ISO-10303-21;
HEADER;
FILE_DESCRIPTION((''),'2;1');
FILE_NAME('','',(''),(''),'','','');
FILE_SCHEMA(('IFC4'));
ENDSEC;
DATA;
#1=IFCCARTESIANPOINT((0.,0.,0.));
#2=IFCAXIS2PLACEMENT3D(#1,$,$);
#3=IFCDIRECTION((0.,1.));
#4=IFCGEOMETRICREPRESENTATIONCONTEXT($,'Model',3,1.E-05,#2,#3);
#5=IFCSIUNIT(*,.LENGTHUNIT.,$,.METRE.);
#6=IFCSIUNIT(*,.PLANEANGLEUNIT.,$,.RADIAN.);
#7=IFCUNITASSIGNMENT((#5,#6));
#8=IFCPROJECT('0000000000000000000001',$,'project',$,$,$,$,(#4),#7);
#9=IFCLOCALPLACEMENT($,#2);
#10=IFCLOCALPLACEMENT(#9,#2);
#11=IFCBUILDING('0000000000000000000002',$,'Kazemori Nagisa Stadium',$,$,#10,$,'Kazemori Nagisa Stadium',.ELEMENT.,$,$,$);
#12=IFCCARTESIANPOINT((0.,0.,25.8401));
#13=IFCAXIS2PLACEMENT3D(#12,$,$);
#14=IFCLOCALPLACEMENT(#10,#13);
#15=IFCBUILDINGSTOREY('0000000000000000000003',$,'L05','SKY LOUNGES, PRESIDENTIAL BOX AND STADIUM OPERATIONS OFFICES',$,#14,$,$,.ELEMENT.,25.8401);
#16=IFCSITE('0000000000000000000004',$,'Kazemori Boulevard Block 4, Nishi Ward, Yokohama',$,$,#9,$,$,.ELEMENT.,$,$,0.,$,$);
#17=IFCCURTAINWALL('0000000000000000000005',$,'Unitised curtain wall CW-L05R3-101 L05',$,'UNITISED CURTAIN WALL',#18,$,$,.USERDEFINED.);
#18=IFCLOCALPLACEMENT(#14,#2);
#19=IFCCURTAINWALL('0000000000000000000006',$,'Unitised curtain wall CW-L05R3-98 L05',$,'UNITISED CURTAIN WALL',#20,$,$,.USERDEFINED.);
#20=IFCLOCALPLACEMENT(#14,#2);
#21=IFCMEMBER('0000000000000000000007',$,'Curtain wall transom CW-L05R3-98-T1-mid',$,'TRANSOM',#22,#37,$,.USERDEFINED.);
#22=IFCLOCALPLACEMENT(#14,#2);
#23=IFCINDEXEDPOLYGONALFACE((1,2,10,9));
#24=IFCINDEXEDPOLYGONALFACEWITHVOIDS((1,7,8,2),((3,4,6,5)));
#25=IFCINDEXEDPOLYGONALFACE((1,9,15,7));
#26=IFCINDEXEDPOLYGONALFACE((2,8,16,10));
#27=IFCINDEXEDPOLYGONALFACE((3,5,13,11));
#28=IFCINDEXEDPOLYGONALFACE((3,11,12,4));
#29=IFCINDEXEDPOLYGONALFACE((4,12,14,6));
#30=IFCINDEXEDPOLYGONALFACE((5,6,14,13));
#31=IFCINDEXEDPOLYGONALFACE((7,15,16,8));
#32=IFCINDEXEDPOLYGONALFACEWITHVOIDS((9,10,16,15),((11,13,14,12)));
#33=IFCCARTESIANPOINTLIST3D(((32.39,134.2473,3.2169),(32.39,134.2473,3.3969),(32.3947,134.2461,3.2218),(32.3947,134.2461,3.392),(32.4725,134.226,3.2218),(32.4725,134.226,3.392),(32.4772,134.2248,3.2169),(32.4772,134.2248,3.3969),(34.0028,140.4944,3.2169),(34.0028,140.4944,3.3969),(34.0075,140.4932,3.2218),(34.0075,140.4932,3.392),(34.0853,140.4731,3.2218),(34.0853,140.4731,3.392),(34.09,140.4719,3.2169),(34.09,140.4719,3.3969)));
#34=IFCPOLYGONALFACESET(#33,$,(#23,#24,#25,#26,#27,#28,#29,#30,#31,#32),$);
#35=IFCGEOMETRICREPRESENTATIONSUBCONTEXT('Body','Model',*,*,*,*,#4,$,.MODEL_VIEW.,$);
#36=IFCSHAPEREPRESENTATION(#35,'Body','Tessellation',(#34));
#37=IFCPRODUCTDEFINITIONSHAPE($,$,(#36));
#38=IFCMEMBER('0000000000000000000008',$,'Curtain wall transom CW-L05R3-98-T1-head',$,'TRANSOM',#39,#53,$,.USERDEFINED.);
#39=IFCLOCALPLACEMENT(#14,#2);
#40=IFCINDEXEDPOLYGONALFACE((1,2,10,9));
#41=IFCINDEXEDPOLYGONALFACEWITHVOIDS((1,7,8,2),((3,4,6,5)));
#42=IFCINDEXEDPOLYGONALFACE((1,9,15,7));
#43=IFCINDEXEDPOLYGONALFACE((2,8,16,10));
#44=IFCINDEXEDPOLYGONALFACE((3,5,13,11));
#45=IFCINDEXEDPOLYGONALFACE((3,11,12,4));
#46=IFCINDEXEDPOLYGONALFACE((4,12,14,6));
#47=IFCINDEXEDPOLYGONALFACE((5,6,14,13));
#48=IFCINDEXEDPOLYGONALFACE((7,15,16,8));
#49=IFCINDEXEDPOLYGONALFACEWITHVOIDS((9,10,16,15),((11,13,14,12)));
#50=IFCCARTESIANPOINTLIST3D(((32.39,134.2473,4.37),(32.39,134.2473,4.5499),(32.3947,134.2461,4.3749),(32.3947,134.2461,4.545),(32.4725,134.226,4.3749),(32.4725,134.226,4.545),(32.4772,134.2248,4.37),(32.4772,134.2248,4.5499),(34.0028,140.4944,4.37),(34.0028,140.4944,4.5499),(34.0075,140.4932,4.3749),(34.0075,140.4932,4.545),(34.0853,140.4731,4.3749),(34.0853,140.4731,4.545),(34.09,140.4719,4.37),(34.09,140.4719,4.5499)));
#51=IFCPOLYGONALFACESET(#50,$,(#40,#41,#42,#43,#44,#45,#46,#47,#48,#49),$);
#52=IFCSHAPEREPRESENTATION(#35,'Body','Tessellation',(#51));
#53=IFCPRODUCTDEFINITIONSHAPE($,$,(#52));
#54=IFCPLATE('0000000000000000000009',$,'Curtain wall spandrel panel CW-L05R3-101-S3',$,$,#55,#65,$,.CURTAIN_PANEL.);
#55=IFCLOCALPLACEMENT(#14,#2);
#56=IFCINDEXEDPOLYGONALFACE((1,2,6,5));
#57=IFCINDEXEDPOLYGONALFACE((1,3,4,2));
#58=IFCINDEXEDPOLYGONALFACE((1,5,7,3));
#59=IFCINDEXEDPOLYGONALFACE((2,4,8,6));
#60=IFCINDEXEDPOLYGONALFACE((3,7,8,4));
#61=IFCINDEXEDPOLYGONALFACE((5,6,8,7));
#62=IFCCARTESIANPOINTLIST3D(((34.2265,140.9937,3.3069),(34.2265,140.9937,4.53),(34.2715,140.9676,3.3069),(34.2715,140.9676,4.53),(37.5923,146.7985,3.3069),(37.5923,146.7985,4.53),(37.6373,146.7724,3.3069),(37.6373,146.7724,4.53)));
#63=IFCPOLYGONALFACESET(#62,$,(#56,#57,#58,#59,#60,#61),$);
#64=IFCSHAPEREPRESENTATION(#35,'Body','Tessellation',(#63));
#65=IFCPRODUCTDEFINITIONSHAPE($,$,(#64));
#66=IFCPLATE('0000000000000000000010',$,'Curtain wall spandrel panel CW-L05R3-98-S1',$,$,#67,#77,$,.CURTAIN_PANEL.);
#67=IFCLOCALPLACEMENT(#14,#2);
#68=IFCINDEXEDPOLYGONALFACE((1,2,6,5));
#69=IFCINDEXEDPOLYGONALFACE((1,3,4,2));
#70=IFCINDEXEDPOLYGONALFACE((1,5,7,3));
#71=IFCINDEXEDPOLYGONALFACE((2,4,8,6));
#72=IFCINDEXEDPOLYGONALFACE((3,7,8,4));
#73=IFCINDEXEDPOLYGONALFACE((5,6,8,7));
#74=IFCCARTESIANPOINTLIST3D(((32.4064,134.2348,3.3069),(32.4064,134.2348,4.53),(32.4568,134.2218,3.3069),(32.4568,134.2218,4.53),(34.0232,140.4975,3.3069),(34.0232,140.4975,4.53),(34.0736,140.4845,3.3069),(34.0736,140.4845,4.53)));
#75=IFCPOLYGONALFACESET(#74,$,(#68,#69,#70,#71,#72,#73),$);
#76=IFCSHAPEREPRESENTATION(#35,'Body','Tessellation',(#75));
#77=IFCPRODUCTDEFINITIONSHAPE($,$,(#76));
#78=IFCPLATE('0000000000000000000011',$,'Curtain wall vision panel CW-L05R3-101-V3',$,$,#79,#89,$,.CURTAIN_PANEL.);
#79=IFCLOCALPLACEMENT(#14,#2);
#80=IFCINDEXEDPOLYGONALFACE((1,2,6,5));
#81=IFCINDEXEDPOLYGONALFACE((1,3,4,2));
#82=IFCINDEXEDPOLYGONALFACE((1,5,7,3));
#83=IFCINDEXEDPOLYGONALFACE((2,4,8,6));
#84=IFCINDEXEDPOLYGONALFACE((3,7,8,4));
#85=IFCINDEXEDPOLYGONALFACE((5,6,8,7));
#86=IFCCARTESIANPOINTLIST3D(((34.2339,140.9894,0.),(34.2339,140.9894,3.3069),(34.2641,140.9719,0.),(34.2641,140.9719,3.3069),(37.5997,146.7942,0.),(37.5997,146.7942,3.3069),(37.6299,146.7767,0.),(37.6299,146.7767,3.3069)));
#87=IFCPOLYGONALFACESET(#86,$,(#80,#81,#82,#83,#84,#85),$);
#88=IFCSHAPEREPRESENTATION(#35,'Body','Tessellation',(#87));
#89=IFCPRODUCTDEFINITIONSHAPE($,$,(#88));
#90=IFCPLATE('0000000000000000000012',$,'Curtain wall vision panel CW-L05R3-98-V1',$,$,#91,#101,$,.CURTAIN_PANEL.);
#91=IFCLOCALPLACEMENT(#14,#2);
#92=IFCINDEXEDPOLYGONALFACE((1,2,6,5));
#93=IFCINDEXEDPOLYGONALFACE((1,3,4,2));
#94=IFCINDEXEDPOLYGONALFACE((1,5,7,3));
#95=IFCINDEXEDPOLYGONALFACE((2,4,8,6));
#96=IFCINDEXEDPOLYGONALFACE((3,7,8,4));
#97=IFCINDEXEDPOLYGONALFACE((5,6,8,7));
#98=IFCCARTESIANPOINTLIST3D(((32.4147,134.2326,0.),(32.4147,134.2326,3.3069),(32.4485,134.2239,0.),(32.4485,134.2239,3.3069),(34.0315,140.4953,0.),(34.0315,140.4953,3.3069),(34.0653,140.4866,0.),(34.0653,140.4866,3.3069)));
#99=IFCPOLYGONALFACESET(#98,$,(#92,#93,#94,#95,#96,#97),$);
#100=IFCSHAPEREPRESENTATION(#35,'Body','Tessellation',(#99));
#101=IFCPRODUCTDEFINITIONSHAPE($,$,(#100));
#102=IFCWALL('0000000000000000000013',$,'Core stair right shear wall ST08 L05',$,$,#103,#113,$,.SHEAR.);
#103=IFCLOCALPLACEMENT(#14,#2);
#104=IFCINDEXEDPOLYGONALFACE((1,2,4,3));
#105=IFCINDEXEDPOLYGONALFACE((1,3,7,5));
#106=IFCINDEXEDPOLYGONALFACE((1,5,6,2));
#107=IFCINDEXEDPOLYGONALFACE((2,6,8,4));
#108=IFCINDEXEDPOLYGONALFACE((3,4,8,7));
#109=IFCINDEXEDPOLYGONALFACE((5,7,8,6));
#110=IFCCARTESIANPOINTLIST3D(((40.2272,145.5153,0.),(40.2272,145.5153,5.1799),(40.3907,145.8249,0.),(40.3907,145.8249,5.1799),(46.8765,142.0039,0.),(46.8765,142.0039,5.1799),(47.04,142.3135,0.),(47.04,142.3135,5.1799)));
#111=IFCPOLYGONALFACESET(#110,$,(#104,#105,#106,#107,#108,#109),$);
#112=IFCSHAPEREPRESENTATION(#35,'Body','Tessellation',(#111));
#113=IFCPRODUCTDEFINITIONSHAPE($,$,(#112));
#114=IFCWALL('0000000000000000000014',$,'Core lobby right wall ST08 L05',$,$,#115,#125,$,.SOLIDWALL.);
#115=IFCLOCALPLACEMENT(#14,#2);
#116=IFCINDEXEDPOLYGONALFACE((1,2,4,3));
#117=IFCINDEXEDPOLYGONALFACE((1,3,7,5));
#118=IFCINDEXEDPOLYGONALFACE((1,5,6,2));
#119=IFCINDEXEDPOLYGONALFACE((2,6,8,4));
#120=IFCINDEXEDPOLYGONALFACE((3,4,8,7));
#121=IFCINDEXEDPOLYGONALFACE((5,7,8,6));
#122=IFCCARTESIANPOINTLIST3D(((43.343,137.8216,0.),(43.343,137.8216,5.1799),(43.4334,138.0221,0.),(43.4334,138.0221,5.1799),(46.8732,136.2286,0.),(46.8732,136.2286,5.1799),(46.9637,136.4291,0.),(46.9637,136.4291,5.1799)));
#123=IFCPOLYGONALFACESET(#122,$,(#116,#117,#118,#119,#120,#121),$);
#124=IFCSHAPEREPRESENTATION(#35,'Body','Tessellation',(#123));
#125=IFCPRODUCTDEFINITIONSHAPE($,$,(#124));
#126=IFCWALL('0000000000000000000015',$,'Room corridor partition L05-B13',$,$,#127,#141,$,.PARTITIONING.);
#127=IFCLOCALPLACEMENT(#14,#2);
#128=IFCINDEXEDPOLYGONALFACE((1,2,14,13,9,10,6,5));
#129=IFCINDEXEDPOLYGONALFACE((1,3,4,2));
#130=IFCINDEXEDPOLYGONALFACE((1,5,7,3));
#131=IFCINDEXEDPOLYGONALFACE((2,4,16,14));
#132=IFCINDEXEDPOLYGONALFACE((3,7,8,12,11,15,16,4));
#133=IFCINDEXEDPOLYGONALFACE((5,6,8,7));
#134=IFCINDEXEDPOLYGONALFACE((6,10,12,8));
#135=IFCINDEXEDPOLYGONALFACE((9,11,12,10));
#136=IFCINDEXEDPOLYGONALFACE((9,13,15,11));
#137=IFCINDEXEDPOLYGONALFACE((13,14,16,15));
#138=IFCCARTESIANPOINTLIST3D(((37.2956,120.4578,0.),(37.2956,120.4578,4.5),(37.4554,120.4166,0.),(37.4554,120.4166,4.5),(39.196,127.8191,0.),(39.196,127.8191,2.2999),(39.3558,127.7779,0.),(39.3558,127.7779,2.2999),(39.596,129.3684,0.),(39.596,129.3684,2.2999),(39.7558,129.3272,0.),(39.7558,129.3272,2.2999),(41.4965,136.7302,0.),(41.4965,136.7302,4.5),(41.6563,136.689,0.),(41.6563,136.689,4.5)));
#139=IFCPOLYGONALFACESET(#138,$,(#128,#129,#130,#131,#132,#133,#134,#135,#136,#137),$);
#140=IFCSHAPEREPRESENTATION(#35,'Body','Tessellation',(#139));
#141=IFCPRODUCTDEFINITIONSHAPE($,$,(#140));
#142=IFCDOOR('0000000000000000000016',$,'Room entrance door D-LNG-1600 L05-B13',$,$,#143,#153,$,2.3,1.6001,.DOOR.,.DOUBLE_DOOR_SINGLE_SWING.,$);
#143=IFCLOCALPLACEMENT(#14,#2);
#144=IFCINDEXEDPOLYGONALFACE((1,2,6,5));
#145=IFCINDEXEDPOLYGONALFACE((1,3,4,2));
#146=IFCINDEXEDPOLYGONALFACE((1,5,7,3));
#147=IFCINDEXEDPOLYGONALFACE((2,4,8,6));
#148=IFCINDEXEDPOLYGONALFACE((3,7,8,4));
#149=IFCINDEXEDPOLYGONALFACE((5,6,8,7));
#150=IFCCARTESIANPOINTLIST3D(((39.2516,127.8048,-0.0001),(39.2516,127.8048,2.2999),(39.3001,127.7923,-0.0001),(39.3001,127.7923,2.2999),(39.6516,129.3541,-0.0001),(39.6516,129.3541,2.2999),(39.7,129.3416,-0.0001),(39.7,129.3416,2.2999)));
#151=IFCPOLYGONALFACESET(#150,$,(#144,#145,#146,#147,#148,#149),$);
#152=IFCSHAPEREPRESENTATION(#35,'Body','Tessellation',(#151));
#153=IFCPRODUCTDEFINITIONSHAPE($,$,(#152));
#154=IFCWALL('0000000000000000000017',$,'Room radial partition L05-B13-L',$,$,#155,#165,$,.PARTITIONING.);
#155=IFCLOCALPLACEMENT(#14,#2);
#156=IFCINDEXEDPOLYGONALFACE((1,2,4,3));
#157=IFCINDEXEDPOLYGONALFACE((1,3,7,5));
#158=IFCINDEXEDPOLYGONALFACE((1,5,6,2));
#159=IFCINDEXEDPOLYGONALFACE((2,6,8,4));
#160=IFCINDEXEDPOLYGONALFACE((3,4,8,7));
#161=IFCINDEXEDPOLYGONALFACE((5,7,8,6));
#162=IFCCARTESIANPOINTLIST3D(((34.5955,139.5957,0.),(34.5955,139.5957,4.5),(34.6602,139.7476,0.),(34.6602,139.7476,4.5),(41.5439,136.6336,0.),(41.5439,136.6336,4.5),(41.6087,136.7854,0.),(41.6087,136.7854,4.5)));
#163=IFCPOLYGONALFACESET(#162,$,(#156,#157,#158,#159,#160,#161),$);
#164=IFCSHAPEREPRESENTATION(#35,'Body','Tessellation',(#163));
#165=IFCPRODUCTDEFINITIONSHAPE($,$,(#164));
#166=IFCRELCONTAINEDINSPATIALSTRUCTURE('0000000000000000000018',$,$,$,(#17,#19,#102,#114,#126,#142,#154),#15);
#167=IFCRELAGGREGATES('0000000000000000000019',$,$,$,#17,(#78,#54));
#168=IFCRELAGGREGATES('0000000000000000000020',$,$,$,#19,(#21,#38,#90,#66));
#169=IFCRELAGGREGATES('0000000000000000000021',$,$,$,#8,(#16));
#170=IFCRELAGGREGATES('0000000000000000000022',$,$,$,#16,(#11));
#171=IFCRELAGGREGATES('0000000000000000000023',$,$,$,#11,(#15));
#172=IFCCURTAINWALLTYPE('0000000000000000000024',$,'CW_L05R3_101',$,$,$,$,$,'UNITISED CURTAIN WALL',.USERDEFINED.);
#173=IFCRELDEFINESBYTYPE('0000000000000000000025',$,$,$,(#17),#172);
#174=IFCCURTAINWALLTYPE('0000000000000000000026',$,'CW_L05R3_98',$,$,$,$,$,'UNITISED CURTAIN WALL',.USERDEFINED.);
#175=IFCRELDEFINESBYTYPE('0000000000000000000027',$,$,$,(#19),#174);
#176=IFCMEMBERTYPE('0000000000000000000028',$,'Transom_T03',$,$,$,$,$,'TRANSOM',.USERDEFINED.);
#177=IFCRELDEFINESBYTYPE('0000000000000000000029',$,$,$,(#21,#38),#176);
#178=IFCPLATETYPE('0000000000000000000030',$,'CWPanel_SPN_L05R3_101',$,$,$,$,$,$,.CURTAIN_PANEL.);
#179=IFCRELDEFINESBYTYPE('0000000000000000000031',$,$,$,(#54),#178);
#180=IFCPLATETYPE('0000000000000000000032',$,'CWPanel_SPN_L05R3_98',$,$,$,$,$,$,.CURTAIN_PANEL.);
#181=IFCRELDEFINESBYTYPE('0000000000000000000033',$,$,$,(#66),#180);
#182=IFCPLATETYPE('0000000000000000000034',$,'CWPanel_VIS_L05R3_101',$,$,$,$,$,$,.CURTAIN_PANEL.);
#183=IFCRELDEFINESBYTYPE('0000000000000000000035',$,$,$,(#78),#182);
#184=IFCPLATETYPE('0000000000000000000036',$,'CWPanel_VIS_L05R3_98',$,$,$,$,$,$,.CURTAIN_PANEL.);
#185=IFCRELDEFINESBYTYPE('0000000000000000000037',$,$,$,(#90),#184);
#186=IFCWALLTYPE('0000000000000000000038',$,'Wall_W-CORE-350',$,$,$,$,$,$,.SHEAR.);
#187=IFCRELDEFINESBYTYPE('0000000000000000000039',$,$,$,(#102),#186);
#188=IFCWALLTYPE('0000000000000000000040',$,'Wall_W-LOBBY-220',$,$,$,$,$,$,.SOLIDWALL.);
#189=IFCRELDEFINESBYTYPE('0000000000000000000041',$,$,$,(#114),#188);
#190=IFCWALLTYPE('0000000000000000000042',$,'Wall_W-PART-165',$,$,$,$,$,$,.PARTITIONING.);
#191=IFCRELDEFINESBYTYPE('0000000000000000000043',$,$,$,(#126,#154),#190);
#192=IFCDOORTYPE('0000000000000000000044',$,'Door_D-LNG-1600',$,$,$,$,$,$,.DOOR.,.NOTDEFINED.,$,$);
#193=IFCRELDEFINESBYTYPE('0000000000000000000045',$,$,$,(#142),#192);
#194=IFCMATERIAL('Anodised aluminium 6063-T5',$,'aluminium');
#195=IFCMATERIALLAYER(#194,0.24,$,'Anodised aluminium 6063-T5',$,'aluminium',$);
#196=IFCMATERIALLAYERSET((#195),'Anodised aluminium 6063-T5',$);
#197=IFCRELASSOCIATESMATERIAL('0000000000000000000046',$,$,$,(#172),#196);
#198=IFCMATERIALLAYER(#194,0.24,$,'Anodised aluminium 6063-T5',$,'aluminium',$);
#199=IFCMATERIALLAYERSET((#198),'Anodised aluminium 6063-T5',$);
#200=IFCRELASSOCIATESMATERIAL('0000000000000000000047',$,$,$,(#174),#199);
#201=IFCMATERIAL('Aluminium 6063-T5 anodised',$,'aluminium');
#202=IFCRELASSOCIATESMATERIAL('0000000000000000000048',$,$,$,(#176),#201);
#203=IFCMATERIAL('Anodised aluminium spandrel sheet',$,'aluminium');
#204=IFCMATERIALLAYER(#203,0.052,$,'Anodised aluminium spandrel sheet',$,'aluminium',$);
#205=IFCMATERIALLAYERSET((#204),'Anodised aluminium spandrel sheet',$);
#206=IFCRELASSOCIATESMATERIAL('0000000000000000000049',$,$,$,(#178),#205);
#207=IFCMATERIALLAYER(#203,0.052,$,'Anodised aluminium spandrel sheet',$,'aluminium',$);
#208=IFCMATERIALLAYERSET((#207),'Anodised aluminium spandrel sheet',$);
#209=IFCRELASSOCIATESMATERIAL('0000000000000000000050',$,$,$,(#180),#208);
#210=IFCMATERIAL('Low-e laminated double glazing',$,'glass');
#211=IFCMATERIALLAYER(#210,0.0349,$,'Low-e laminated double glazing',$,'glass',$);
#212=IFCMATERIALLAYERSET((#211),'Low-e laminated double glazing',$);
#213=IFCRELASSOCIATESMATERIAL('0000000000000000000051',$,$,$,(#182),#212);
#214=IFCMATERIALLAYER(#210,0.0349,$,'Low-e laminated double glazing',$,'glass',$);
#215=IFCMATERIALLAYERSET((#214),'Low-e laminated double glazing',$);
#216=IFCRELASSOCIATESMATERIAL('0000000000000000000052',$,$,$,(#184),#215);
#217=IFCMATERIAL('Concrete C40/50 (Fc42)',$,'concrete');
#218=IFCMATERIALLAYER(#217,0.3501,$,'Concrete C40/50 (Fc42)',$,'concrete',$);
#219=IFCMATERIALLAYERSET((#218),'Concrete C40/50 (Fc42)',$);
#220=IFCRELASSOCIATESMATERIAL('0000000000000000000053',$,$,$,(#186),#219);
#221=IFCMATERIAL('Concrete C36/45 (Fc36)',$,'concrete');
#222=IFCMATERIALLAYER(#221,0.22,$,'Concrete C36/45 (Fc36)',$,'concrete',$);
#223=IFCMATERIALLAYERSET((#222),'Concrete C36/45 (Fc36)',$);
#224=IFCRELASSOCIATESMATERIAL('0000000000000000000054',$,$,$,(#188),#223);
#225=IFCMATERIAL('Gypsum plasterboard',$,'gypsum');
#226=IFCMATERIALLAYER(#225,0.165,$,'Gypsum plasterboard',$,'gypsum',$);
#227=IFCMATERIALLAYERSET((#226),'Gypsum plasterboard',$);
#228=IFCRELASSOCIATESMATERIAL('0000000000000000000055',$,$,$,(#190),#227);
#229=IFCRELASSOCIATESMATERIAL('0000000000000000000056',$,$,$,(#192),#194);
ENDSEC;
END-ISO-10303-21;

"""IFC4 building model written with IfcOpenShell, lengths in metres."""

from ifc_helpers import new_model, si_unit, direction, frame, frame_2d, origin, origin_2d, place, context, subcontext, project, spatial, rectangle, hollow_rectangle, extrude, material, layer, layer_set, material_profile, profile_set, type_object, element, fill, aggregate, save


model = new_model("IFC4")

# Units and contexts
model_context = context("Model", 3, precision=1e-05, world=origin(), true_north=direction((0.0, 1.0)))
body_context = subcontext(model_context, "Body", "Model", "MODEL_VIEW")
ifc_project = project(units=[si_unit("LENGTHUNIT", "METRE"), si_unit("PLANEANGLEUNIT", "RADIAN")], contexts=[model_context])

# Site, building, storey
site_placement = place(None, origin())
site = spatial("IfcSite", under=ifc_project, at=site_placement, Name="Kazemori Boulevard Block 4, Nishi Ward, Yokohama", CompositionType="ELEMENT", RefElevation=0.0)
building_placement = place(site_placement, origin())
building = spatial("IfcBuilding", under=site, at=building_placement, Name="Kazemori Nagisa Stadium", LongName="Kazemori Nagisa Stadium", CompositionType="ELEMENT")
storey_placement = place(building_placement, frame((0.0, 0.0, 25.8401)))
storey = spatial("IfcBuildingStorey", under=building, at=storey_placement, Name="L05", Description="SKY LOUNGES, PRESIDENTIAL BOX AND STADIUM OPERATIONS OFFICES", CompositionType="ELEMENT", Elevation=25.8401)

# Shared definitions
ifc_material_1 = material(Name="Concrete C40/50 (Fc42)", Category="concrete")

# Curtain wall
ifc_material_2 = material(Name="Anodised aluminium 6063-T5", Category="aluminium")
ifc_layer_1 = layer(ifc_material_2, 0.24, Name="Anodised aluminium 6063-T5", Category="aluminium")
ifc_layer_set_1 = layer_set([ifc_layer_1], Name="Anodised aluminium 6063-T5")
curtain_wall_type_1 = type_object("IfcCurtainWallType", Name="CW_L05R3_101", ElementType="UNITISED CURTAIN WALL", PredefinedType="USERDEFINED", material=ifc_layer_set_1)
curtain_wall_1_placement = place(storey_placement, origin())
curtain_wall_1 = element("IfcCurtainWall", 1, at=curtain_wall_1_placement, inside=storey, type_object=curtain_wall_type_1, Name="Unitised curtain wall CW-L05R3-101 L05", ObjectType="UNITISED CURTAIN WALL", PredefinedType="USERDEFINED")
ifc_material_3 = material(Name="Aluminium 6063-T5 anodised", Category="aluminium")

# Curtain wall, members
ifc_layer_2 = layer(ifc_material_2, 0.24, Name="Anodised aluminium 6063-T5", Category="aluminium")
ifc_layer_set_2 = layer_set([ifc_layer_2], Name="Anodised aluminium 6063-T5")
curtain_wall_type_2 = type_object("IfcCurtainWallType", Name="CW_L05R3_98", ElementType="UNITISED CURTAIN WALL", PredefinedType="USERDEFINED", material=ifc_layer_set_2)
curtain_wall_2_placement = place(storey_placement, origin())
curtain_wall_2 = element("IfcCurtainWall", 2, at=curtain_wall_2_placement, inside=storey, type_object=curtain_wall_type_2, Name="Unitised curtain wall CW-L05R3-98 L05", ObjectType="UNITISED CURTAIN WALL", PredefinedType="USERDEFINED")
ifc_material_profile_1 = material_profile(ifc_material_3, hollow_rectangle(XDim=0.0901, YDim=0.1799, WallThickness=0.0049, at=origin_2d()), Name="ALU-TRAN-90x180x5")
ifc_profile_set_1 = profile_set([ifc_material_profile_1], Name="Aluminium 6063-T5 anodised")
member_type_1 = type_object("IfcMemberType", Name="Transom_T03", ElementType="TRANSOM", PredefinedType="USERDEFINED", material=ifc_profile_set_1)
member_1_placement = place(storey_placement, frame((34.0464, 140.4832, 3.3069), z_axis=(-0.249972, -0.968253, 0.0), x_axis=(0.968253, -0.249972, 0.0)))
member_1 = element("IfcMember", 3, at=member_1_placement, type_object=member_type_1, Name="Curtain wall transom CW-L05R3-98-T1-mid", ObjectType="TRANSOM", PredefinedType="USERDEFINED", context=body_context, shape_type="SweptSolid", body=[
    extrude(hollow_rectangle(XDim=0.0901, YDim=0.1799, WallThickness=0.0049, at=origin_2d()), origin(), (0.0, 0.0, 1.0), 6.4519),
])
member_2_placement = place(storey_placement, frame((34.0464, 140.4832, 4.46), z_axis=(-0.249972, -0.968253, 0.0), x_axis=(0.968253, -0.249972, 0.0)))
member_2 = element("IfcMember", 4, at=member_2_placement, type_object=member_type_1, Name="Curtain wall transom CW-L05R3-98-T1-head", ObjectType="TRANSOM", PredefinedType="USERDEFINED", context=body_context, shape_type="SweptSolid", body=[
    extrude(hollow_rectangle(XDim=0.0901, YDim=0.1799, WallThickness=0.0049, at=origin_2d()), origin(), (0.0, 0.0, 1.0), 6.4519),
])

# Plates
ifc_material_4 = material(Name="Anodised aluminium spandrel sheet", Category="aluminium")
ifc_layer_3 = layer(ifc_material_4, 0.052, Name="Anodised aluminium spandrel sheet", Category="aluminium")
ifc_layer_set_3 = layer_set([ifc_layer_3], Name="Anodised aluminium spandrel sheet")
plate_type_1 = type_object("IfcPlateType", Name="CWPanel_SPN_L05R3_101", PredefinedType="CURTAIN_PANEL", material=ifc_layer_set_3)
plate_1_placement = place(storey_placement, frame((35.9319, 143.8831, 3.3069), z_axis=(0.0, 0.0, 1.0), x_axis=(-0.501612, -0.865093, 0.0)))
plate_1 = element("IfcPlate", 5, at=plate_1_placement, type_object=plate_type_1, Name="Curtain wall spandrel panel CW-L05R3-101-S3", PredefinedType="CURTAIN_PANEL", context=body_context, shape_type="SweptSolid", body=[
    extrude(rectangle(XDim=6.71, YDim=0.052, at=origin_2d()), origin(), (0.0, 0.0, 1.0), 1.2231),
])
ifc_layer_4 = layer(ifc_material_4, 0.052, Name="Anodised aluminium spandrel sheet", Category="aluminium")
ifc_layer_set_4 = layer_set([ifc_layer_4], Name="Anodised aluminium spandrel sheet")
plate_type_2 = type_object("IfcPlateType", Name="CWPanel_SPN_L05R3_98", PredefinedType="CURTAIN_PANEL", material=ifc_layer_set_4)
plate_2_placement = place(storey_placement, frame((33.24, 137.3596, 3.3069), z_axis=(0.0, 0.0, 1.0), x_axis=(-0.249965, -0.968255, 0.0)))
plate_2 = element("IfcPlate", 6, at=plate_2_placement, type_object=plate_type_2, Name="Curtain wall spandrel panel CW-L05R3-98-S1", PredefinedType="CURTAIN_PANEL", context=body_context, shape_type="SweptSolid", body=[
    extrude(rectangle(XDim=6.468, YDim=0.052, at=origin_2d()), origin(), (0.0, 0.0, 1.0), 1.2231),
])
ifc_material_5 = material(Name="Low-e laminated double glazing", Category="glass")
ifc_layer_5 = layer(ifc_material_5, 0.0349, Name="Low-e laminated double glazing", Category="glass")
ifc_layer_set_5 = layer_set([ifc_layer_5], Name="Low-e laminated double glazing")
plate_type_3 = type_object("IfcPlateType", Name="CWPanel_VIS_L05R3_101", PredefinedType="CURTAIN_PANEL", material=ifc_layer_set_5)
plate_3_placement = place(storey_placement, frame((35.9319, 143.8831, 0.0), z_axis=(0.0, 0.0, 1.0), x_axis=(-0.501612, -0.865093, 0.0)))
plate_3 = element("IfcPlate", 7, at=plate_3_placement, type_object=plate_type_3, Name="Curtain wall vision panel CW-L05R3-101-V3", PredefinedType="CURTAIN_PANEL", context=body_context, shape_type="SweptSolid", body=[
    extrude(rectangle(XDim=6.71, YDim=0.0349, at=origin_2d()), origin(), (0.0, 0.0, 1.0), 3.3069),
])
aggregate(curtain_wall_1, [plate_3, plate_1])
ifc_layer_6 = layer(ifc_material_5, 0.0349, Name="Low-e laminated double glazing", Category="glass")
ifc_layer_set_6 = layer_set([ifc_layer_6], Name="Low-e laminated double glazing")
plate_type_4 = type_object("IfcPlateType", Name="CWPanel_VIS_L05R3_98", PredefinedType="CURTAIN_PANEL", material=ifc_layer_set_6)
plate_4_placement = place(storey_placement, frame((33.24, 137.3596, 0.0), z_axis=(0.0, 0.0, 1.0), x_axis=(-0.249965, -0.968255, 0.0)))
plate_4 = element("IfcPlate", 8, at=plate_4_placement, type_object=plate_type_4, Name="Curtain wall vision panel CW-L05R3-98-V1", PredefinedType="CURTAIN_PANEL", context=body_context, shape_type="SweptSolid", body=[
    extrude(rectangle(XDim=6.468, YDim=0.0349, at=origin_2d()), origin(), (0.0, 0.0, 1.0), 3.3069),
])
aggregate(curtain_wall_2, [member_1, member_2, plate_4, plate_2])

# Walls
ifc_layer_7 = layer(ifc_material_1, 0.3501, Name="Concrete C40/50 (Fc42)", Category="concrete")
ifc_layer_set_7 = layer_set([ifc_layer_7], Name="Concrete C40/50 (Fc42)")
wall_type_1 = type_object("IfcWallType", Name="Wall_W-CORE-350", PredefinedType="SHEAR", material=ifc_layer_set_7)
wall_1_placement = place(storey_placement, frame((46.9583, 142.1587, 0.0), z_axis=(0.0, 0.0, 1.0), x_axis=(-0.884272, 0.466973, 0.0)))
element("IfcWall", 9, at=wall_1_placement, inside=storey, type_object=wall_type_1, Name="Core stair right shear wall ST08 L05", PredefinedType="SHEAR", context=body_context, shape_type="SweptSolid", body=[
    extrude(rectangle(XDim=7.5195, YDim=0.3501, at=frame_2d((3.7598, 0.0))), origin(), (0.0, 0.0, 1.0), 5.1799),
])
ifc_material_6 = material(Name="Concrete C36/45 (Fc36)", Category="concrete")
ifc_layer_8 = layer(ifc_material_6, 0.22, Name="Concrete C36/45 (Fc36)", Category="concrete")
ifc_layer_set_8 = layer_set([ifc_layer_8], Name="Concrete C36/45 (Fc36)")
wall_type_2 = type_object("IfcWallType", Name="Wall_W-LOBBY-220", PredefinedType="SOLIDWALL", material=ifc_layer_set_8)
wall_2_placement = place(storey_placement, frame((46.9185, 136.3289, 0.0), z_axis=(0.0, 0.0, 1.0), x_axis=(-0.911496, 0.411308, 0.0)))
element("IfcWall", 10, at=wall_2_placement, inside=storey, type_object=wall_type_2, Name="Core lobby right wall ST08 L05", PredefinedType="SOLIDWALL", context=body_context, shape_type="SweptSolid", body=[
    extrude(rectangle(XDim=3.873, YDim=0.22, at=frame_2d((1.9365, 0.0))), origin(), (0.0, 0.0, 1.0), 5.1799),
])

# Wall, opening, door
ifc_material_7 = material(Name="Gypsum plasterboard", Category="gypsum")
ifc_layer_9 = layer(ifc_material_7, 0.165, Name="Gypsum plasterboard", Category="gypsum")
ifc_layer_set_9 = layer_set([ifc_layer_9], Name="Gypsum plasterboard")
wall_type_3 = type_object("IfcWallType", Name="Wall_W-PART-165", PredefinedType="PARTITIONING", material=ifc_layer_set_9)
wall_3_placement = place(storey_placement, frame((41.5764, 136.7095, 0.0), z_axis=(0.0, 0.0, 1.0), x_axis=(-0.249966, -0.968255, 0.0)))
wall_3 = element("IfcWall", 11, at=wall_3_placement, inside=storey, type_object=wall_type_3, Name="Room corridor partition L05-B13", PredefinedType="PARTITIONING", context=body_context, shape_type="SweptSolid", body=[
    extrude(rectangle(XDim=16.8059, YDim=0.165, at=frame_2d((8.4028, 0.0))), origin(), (0.0, 0.0, 1.0), 4.5),
])
opening_1_placement = place(wall_3_placement, frame((7.603, 0.0, 0.0)))
opening_1 = element("IfcOpeningElement", 12, at=opening_1_placement, cuts=wall_3, PredefinedType="OPENING", context=body_context, shape_type="SweptSolid", body=[
    extrude(rectangle(XDim=1.6001, YDim=2.3, at=frame_2d((0.8, 1.1499))), frame((0.0, 0.0925, 0.0), z_axis=(0.0, -1.0, 0.0), x_axis=(1.0, 0.0, 0.0)), (0.0, 0.0, 1.0), 0.1851),
])
door_type_1 = type_object("IfcDoorType", Name="Door_D-LNG-1600", OperationType="NOTDEFINED", PredefinedType="DOOR", material=ifc_material_2)
door_1_placement = place(opening_1_placement, origin())
door_1 = element("IfcDoor", 13, at=door_1_placement, inside=storey, type_object=door_type_1, Name="Room entrance door D-LNG-1600 L05-B13", OperationType="DOUBLE_DOOR_SINGLE_SWING", OverallHeight=2.3, OverallWidth=1.6001, PredefinedType="DOOR", context=body_context, shape_type="SweptSolid", body=[
    extrude(rectangle(XDim=1.6001, YDim=2.3, at=frame_2d((0.8, 1.1499))), frame((0.0, 0.0249, 0.0), z_axis=(0.0, -1.0, 0.0), x_axis=(1.0, 0.0, 0.0)), (0.0, 0.0, 1.0), 0.05),
])
fill(opening_1, door_1)

# Wall
wall_4_placement = place(storey_placement, frame((41.5764, 136.7095, 0.0), z_axis=(0.0, 0.0, 1.0), x_axis=(-0.919899, 0.392155, 0.0)))
element("IfcWall", 14, at=wall_4_placement, inside=storey, type_object=wall_type_3, Name="Room radial partition L05-B13-L", PredefinedType="PARTITIONING", context=body_context, shape_type="SweptSolid", body=[
    extrude(rectangle(XDim=7.5535, YDim=0.165, at=frame_2d((3.7769, 0.0))), origin(), (0.0, 0.0, 1.0), 4.5),
])

save(model, "model.ifc")
